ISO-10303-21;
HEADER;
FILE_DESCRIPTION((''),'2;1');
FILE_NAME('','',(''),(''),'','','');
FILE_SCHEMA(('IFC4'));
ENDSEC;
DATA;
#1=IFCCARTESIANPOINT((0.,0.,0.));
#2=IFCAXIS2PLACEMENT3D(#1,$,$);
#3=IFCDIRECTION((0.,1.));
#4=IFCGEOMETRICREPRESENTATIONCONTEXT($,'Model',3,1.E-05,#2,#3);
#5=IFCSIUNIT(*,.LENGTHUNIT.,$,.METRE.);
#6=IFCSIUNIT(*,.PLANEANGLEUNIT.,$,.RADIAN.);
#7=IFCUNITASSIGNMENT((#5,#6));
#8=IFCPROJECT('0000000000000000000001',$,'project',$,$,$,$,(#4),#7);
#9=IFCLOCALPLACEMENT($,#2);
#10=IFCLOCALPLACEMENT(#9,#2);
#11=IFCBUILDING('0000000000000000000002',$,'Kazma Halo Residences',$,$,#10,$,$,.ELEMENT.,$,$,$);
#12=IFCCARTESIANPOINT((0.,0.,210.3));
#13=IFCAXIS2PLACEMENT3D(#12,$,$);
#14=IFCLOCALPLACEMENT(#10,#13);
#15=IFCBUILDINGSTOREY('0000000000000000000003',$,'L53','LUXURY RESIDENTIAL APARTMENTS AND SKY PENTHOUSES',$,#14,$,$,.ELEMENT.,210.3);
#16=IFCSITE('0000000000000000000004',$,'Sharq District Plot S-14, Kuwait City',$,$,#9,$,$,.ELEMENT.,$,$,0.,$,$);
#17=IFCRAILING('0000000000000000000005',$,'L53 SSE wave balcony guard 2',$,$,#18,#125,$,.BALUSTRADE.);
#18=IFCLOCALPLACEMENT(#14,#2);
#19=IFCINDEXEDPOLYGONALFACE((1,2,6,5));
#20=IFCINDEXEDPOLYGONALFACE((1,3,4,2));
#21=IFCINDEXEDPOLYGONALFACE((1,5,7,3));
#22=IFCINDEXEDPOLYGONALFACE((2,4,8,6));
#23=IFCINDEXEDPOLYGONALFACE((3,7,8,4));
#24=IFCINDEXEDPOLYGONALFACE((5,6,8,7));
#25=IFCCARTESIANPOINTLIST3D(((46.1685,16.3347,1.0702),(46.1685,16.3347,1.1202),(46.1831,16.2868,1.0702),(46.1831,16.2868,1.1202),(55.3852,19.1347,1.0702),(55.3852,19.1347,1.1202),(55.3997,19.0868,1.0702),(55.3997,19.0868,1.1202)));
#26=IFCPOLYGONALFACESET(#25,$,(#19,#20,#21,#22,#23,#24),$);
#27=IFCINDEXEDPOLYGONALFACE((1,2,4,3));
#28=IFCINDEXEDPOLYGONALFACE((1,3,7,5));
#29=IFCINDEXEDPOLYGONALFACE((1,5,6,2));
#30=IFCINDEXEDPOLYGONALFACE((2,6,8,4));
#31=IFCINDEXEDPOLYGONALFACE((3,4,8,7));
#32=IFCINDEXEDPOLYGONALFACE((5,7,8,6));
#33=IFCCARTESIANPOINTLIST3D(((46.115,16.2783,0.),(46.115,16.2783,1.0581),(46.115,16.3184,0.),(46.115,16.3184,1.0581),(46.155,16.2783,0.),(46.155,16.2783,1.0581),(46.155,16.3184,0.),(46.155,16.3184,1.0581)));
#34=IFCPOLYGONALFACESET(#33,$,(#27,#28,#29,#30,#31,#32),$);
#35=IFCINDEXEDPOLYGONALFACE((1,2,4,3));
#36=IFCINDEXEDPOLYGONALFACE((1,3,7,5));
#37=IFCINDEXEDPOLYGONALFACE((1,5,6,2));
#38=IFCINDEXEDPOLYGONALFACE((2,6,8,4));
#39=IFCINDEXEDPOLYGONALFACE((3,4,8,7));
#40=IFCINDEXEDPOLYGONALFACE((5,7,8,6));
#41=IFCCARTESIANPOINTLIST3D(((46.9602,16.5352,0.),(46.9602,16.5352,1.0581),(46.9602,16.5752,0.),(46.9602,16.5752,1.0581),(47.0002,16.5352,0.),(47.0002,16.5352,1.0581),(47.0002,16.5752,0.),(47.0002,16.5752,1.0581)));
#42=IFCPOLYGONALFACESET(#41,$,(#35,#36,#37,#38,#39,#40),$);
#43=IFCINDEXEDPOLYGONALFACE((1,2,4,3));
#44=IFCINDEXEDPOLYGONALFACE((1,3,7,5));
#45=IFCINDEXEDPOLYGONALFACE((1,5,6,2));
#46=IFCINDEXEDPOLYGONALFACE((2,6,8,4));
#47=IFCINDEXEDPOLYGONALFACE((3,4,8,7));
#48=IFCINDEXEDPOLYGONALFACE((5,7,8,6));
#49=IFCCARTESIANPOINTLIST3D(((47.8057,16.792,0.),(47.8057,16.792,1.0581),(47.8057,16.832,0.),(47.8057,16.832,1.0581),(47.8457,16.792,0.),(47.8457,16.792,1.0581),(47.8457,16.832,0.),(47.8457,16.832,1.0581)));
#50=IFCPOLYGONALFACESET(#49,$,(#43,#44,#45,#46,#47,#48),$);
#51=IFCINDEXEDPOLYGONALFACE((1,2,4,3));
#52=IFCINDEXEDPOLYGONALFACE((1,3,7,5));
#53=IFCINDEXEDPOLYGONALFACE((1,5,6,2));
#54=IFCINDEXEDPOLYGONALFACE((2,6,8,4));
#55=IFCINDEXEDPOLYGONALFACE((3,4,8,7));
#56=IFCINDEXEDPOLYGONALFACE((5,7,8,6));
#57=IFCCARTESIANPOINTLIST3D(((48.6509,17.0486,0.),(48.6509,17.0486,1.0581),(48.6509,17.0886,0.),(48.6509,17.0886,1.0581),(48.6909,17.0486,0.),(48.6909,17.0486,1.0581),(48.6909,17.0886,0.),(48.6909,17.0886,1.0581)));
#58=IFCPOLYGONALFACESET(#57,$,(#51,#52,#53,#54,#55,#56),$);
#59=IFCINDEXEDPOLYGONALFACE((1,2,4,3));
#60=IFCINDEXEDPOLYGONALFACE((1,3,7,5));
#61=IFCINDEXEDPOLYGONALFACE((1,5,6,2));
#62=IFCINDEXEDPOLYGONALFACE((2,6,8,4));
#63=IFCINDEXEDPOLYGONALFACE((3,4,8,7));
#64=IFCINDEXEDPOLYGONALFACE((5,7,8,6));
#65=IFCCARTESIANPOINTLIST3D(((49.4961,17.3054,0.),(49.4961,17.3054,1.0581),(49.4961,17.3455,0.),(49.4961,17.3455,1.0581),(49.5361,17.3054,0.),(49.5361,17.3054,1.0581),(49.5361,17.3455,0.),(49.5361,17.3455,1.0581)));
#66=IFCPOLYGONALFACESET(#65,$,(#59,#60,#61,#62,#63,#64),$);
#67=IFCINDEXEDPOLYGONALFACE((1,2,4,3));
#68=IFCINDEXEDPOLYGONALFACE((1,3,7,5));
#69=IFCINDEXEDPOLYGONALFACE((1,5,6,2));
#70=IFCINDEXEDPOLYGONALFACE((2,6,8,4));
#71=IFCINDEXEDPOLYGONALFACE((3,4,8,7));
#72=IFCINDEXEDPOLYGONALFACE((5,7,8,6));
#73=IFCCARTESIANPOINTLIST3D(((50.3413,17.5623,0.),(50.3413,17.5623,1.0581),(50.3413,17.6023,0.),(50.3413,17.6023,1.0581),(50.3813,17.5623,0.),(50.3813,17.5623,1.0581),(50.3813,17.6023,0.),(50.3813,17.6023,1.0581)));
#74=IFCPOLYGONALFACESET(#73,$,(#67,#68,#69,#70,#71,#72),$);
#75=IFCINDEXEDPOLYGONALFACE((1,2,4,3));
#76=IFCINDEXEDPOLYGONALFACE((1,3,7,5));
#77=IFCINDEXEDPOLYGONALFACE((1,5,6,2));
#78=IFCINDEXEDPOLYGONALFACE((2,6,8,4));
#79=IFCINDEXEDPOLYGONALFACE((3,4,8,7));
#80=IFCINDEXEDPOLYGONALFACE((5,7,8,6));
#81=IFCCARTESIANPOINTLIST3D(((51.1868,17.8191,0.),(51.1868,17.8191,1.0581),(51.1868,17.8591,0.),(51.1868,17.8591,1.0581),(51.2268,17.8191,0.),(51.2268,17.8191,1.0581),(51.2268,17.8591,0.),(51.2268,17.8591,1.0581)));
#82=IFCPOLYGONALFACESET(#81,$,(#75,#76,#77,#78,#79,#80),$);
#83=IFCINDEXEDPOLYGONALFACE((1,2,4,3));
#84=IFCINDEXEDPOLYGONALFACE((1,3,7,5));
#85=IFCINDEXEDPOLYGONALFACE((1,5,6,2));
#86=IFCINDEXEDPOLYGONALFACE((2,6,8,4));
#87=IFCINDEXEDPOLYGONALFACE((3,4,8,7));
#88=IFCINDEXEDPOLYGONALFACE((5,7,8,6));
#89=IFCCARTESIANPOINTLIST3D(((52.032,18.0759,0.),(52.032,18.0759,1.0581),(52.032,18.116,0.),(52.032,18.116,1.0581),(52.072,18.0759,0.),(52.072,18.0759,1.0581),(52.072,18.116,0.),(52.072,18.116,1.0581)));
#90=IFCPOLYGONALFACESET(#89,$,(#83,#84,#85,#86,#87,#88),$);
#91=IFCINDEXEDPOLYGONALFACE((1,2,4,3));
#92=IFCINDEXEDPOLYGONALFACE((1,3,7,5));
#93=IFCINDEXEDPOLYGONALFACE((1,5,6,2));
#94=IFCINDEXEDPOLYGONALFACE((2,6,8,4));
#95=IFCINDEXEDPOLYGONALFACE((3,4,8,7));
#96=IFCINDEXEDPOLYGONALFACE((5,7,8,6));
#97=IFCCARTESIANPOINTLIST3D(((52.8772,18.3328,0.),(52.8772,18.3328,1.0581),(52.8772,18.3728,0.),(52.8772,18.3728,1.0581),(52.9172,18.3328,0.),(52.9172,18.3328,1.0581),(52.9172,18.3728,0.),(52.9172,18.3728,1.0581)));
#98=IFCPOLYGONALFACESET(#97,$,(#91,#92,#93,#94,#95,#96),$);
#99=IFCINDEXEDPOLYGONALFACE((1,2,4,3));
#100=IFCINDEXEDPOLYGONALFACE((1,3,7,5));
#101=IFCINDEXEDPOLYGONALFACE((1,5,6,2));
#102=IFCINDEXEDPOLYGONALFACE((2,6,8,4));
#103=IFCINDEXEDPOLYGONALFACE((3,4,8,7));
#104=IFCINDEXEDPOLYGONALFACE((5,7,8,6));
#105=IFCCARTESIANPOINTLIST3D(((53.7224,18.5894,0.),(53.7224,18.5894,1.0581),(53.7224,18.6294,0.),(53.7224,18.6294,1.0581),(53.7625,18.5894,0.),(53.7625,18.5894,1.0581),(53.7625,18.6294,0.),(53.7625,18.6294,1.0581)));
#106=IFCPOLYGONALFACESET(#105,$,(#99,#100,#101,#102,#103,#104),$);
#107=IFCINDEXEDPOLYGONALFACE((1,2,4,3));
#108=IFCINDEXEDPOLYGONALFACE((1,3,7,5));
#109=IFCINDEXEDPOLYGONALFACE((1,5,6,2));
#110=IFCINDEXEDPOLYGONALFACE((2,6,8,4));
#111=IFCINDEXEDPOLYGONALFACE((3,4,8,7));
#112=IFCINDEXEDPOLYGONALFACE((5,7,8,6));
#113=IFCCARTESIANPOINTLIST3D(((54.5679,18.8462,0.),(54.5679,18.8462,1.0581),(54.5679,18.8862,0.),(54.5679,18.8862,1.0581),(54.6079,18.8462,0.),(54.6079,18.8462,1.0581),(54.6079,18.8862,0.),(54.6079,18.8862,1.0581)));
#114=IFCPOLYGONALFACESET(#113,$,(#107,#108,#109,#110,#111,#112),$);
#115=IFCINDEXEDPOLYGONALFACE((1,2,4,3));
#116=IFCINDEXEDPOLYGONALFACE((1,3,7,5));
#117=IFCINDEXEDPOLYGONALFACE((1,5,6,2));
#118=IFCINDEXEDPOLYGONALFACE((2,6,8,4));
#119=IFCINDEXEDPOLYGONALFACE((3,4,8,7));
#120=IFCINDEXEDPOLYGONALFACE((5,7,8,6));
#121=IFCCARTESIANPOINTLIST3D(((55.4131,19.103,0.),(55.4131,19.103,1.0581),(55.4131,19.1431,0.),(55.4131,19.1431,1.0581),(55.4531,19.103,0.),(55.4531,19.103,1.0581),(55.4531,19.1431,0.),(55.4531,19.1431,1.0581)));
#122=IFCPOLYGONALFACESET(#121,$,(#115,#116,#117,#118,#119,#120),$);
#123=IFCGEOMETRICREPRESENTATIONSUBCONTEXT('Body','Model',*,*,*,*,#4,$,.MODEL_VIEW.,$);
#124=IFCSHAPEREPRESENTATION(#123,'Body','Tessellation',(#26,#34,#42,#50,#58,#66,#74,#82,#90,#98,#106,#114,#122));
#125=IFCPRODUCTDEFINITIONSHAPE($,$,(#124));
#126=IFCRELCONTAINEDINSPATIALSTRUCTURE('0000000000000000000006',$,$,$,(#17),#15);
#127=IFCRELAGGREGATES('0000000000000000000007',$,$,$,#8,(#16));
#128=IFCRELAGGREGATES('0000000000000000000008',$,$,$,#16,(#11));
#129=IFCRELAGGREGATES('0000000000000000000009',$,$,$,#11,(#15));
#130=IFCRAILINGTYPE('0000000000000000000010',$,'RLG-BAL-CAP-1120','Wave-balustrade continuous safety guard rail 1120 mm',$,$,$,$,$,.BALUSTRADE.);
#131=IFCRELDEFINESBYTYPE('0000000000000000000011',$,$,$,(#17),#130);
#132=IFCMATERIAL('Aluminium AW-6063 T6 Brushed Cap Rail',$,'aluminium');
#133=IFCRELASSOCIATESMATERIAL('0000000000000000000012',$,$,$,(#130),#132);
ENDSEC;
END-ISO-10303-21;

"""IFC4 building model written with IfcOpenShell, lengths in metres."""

from ifc_helpers import new_model, si_unit, direction, frame, origin, origin_2d, place, context, subcontext, project, spatial, rectangle, extrude, material, type_object, element, save


model = new_model("IFC4")

# Units and contexts
model_context = context("Model", 3, precision=1e-05, world=origin(), true_north=direction((0.0, 1.0)))
body_context = subcontext(model_context, "Body", "Model", "MODEL_VIEW")
ifc_project = project(units=[si_unit("LENGTHUNIT", "METRE"), si_unit("PLANEANGLEUNIT", "RADIAN")], contexts=[model_context])

# Site, building, storey
site_placement = place(None, origin())
site = spatial("IfcSite", under=ifc_project, at=site_placement, Name="Sharq District Plot S-14, Kuwait City", CompositionType="ELEMENT", RefElevation=0.0)
building_placement = place(site_placement, origin())
building = spatial("IfcBuilding", under=site, at=building_placement, Name="Kazma Halo Residences", CompositionType="ELEMENT")
storey_placement = place(building_placement, frame((0.0, 0.0, 210.3)))
storey = spatial("IfcBuildingStorey", under=building, at=storey_placement, Name="L53", Description="LUXURY RESIDENTIAL APARTMENTS AND SKY PENTHOUSES", CompositionType="ELEMENT", Elevation=210.3)

# Railing
ifc_material_1 = material(Name="Aluminium AW-6063 T6 Brushed Cap Rail", Category="aluminium")
railing_type = type_object("IfcRailingType", Name="RLG-BAL-CAP-1120", Description="Wave-balustrade continuous safety guard rail 1120 mm", PredefinedType="BALUSTRADE", material=ifc_material_1)
railing_1_placement = place(storey_placement, frame((46.135, 16.2983, 0.0)))
element("IfcRailing", 1, at=railing_1_placement, inside=storey, type_object=railing_type, Name="L53 SSE wave balcony guard 2", PredefinedType="BALUSTRADE", context=body_context, shape_type="SweptSolid", body=[
    extrude(rectangle(XDim=0.05, YDim=0.05, at=origin_2d()), frame((0.0408, 0.0125, 1.0952), z_axis=(0.956821, 0.290677, 0.0), x_axis=(-0.290677, 0.956821, 0.0)), (0.0, 0.0, 1.0), 9.6326),
    extrude(rectangle(XDim=0.04, YDim=0.04, at=origin_2d()), origin(), (0.0, 0.0, 1.0), 1.0581),
    extrude(rectangle(XDim=0.04, YDim=0.04, at=origin_2d()), frame((0.8452, 0.2568, 0.0)), (0.0, 0.0, 1.0), 1.0581),
    extrude(rectangle(XDim=0.04, YDim=0.04, at=origin_2d()), frame((1.6907, 0.5137, 0.0)), (0.0, 0.0, 1.0), 1.0581),
    extrude(rectangle(XDim=0.04, YDim=0.04, at=origin_2d()), frame((2.5359, 0.7703, 0.0)), (0.0, 0.0, 1.0), 1.0581),
    extrude(rectangle(XDim=0.04, YDim=0.04, at=origin_2d()), frame((3.3811, 1.0271, 0.0)), (0.0, 0.0, 1.0), 1.0581),
    extrude(rectangle(XDim=0.04, YDim=0.04, at=origin_2d()), frame((4.2263, 1.2839, 0.0)), (0.0, 0.0, 1.0), 1.0581),
    extrude(rectangle(XDim=0.04, YDim=0.04, at=origin_2d()), frame((5.0718, 1.5408, 0.0)), (0.0, 0.0, 1.0), 1.0581),
    extrude(rectangle(XDim=0.04, YDim=0.04, at=origin_2d()), frame((5.917, 1.7976, 0.0)), (0.0, 0.0, 1.0), 1.0581),
    extrude(rectangle(XDim=0.04, YDim=0.04, at=origin_2d()), frame((6.7622, 2.0544, 0.0)), (0.0, 0.0, 1.0), 1.0581),
    extrude(rectangle(XDim=0.04, YDim=0.04, at=origin_2d()), frame((7.6074, 2.311, 0.0)), (0.0, 0.0, 1.0), 1.0581),
    extrude(rectangle(XDim=0.04, YDim=0.04, at=origin_2d()), frame((8.4529, 2.5679, 0.0)), (0.0, 0.0, 1.0), 1.0581),
    extrude(rectangle(XDim=0.04, YDim=0.04, at=origin_2d()), frame((9.2981, 2.8247, 0.0)), (0.0, 0.0, 1.0), 1.0581),
])

save(model, "model.ifc")
